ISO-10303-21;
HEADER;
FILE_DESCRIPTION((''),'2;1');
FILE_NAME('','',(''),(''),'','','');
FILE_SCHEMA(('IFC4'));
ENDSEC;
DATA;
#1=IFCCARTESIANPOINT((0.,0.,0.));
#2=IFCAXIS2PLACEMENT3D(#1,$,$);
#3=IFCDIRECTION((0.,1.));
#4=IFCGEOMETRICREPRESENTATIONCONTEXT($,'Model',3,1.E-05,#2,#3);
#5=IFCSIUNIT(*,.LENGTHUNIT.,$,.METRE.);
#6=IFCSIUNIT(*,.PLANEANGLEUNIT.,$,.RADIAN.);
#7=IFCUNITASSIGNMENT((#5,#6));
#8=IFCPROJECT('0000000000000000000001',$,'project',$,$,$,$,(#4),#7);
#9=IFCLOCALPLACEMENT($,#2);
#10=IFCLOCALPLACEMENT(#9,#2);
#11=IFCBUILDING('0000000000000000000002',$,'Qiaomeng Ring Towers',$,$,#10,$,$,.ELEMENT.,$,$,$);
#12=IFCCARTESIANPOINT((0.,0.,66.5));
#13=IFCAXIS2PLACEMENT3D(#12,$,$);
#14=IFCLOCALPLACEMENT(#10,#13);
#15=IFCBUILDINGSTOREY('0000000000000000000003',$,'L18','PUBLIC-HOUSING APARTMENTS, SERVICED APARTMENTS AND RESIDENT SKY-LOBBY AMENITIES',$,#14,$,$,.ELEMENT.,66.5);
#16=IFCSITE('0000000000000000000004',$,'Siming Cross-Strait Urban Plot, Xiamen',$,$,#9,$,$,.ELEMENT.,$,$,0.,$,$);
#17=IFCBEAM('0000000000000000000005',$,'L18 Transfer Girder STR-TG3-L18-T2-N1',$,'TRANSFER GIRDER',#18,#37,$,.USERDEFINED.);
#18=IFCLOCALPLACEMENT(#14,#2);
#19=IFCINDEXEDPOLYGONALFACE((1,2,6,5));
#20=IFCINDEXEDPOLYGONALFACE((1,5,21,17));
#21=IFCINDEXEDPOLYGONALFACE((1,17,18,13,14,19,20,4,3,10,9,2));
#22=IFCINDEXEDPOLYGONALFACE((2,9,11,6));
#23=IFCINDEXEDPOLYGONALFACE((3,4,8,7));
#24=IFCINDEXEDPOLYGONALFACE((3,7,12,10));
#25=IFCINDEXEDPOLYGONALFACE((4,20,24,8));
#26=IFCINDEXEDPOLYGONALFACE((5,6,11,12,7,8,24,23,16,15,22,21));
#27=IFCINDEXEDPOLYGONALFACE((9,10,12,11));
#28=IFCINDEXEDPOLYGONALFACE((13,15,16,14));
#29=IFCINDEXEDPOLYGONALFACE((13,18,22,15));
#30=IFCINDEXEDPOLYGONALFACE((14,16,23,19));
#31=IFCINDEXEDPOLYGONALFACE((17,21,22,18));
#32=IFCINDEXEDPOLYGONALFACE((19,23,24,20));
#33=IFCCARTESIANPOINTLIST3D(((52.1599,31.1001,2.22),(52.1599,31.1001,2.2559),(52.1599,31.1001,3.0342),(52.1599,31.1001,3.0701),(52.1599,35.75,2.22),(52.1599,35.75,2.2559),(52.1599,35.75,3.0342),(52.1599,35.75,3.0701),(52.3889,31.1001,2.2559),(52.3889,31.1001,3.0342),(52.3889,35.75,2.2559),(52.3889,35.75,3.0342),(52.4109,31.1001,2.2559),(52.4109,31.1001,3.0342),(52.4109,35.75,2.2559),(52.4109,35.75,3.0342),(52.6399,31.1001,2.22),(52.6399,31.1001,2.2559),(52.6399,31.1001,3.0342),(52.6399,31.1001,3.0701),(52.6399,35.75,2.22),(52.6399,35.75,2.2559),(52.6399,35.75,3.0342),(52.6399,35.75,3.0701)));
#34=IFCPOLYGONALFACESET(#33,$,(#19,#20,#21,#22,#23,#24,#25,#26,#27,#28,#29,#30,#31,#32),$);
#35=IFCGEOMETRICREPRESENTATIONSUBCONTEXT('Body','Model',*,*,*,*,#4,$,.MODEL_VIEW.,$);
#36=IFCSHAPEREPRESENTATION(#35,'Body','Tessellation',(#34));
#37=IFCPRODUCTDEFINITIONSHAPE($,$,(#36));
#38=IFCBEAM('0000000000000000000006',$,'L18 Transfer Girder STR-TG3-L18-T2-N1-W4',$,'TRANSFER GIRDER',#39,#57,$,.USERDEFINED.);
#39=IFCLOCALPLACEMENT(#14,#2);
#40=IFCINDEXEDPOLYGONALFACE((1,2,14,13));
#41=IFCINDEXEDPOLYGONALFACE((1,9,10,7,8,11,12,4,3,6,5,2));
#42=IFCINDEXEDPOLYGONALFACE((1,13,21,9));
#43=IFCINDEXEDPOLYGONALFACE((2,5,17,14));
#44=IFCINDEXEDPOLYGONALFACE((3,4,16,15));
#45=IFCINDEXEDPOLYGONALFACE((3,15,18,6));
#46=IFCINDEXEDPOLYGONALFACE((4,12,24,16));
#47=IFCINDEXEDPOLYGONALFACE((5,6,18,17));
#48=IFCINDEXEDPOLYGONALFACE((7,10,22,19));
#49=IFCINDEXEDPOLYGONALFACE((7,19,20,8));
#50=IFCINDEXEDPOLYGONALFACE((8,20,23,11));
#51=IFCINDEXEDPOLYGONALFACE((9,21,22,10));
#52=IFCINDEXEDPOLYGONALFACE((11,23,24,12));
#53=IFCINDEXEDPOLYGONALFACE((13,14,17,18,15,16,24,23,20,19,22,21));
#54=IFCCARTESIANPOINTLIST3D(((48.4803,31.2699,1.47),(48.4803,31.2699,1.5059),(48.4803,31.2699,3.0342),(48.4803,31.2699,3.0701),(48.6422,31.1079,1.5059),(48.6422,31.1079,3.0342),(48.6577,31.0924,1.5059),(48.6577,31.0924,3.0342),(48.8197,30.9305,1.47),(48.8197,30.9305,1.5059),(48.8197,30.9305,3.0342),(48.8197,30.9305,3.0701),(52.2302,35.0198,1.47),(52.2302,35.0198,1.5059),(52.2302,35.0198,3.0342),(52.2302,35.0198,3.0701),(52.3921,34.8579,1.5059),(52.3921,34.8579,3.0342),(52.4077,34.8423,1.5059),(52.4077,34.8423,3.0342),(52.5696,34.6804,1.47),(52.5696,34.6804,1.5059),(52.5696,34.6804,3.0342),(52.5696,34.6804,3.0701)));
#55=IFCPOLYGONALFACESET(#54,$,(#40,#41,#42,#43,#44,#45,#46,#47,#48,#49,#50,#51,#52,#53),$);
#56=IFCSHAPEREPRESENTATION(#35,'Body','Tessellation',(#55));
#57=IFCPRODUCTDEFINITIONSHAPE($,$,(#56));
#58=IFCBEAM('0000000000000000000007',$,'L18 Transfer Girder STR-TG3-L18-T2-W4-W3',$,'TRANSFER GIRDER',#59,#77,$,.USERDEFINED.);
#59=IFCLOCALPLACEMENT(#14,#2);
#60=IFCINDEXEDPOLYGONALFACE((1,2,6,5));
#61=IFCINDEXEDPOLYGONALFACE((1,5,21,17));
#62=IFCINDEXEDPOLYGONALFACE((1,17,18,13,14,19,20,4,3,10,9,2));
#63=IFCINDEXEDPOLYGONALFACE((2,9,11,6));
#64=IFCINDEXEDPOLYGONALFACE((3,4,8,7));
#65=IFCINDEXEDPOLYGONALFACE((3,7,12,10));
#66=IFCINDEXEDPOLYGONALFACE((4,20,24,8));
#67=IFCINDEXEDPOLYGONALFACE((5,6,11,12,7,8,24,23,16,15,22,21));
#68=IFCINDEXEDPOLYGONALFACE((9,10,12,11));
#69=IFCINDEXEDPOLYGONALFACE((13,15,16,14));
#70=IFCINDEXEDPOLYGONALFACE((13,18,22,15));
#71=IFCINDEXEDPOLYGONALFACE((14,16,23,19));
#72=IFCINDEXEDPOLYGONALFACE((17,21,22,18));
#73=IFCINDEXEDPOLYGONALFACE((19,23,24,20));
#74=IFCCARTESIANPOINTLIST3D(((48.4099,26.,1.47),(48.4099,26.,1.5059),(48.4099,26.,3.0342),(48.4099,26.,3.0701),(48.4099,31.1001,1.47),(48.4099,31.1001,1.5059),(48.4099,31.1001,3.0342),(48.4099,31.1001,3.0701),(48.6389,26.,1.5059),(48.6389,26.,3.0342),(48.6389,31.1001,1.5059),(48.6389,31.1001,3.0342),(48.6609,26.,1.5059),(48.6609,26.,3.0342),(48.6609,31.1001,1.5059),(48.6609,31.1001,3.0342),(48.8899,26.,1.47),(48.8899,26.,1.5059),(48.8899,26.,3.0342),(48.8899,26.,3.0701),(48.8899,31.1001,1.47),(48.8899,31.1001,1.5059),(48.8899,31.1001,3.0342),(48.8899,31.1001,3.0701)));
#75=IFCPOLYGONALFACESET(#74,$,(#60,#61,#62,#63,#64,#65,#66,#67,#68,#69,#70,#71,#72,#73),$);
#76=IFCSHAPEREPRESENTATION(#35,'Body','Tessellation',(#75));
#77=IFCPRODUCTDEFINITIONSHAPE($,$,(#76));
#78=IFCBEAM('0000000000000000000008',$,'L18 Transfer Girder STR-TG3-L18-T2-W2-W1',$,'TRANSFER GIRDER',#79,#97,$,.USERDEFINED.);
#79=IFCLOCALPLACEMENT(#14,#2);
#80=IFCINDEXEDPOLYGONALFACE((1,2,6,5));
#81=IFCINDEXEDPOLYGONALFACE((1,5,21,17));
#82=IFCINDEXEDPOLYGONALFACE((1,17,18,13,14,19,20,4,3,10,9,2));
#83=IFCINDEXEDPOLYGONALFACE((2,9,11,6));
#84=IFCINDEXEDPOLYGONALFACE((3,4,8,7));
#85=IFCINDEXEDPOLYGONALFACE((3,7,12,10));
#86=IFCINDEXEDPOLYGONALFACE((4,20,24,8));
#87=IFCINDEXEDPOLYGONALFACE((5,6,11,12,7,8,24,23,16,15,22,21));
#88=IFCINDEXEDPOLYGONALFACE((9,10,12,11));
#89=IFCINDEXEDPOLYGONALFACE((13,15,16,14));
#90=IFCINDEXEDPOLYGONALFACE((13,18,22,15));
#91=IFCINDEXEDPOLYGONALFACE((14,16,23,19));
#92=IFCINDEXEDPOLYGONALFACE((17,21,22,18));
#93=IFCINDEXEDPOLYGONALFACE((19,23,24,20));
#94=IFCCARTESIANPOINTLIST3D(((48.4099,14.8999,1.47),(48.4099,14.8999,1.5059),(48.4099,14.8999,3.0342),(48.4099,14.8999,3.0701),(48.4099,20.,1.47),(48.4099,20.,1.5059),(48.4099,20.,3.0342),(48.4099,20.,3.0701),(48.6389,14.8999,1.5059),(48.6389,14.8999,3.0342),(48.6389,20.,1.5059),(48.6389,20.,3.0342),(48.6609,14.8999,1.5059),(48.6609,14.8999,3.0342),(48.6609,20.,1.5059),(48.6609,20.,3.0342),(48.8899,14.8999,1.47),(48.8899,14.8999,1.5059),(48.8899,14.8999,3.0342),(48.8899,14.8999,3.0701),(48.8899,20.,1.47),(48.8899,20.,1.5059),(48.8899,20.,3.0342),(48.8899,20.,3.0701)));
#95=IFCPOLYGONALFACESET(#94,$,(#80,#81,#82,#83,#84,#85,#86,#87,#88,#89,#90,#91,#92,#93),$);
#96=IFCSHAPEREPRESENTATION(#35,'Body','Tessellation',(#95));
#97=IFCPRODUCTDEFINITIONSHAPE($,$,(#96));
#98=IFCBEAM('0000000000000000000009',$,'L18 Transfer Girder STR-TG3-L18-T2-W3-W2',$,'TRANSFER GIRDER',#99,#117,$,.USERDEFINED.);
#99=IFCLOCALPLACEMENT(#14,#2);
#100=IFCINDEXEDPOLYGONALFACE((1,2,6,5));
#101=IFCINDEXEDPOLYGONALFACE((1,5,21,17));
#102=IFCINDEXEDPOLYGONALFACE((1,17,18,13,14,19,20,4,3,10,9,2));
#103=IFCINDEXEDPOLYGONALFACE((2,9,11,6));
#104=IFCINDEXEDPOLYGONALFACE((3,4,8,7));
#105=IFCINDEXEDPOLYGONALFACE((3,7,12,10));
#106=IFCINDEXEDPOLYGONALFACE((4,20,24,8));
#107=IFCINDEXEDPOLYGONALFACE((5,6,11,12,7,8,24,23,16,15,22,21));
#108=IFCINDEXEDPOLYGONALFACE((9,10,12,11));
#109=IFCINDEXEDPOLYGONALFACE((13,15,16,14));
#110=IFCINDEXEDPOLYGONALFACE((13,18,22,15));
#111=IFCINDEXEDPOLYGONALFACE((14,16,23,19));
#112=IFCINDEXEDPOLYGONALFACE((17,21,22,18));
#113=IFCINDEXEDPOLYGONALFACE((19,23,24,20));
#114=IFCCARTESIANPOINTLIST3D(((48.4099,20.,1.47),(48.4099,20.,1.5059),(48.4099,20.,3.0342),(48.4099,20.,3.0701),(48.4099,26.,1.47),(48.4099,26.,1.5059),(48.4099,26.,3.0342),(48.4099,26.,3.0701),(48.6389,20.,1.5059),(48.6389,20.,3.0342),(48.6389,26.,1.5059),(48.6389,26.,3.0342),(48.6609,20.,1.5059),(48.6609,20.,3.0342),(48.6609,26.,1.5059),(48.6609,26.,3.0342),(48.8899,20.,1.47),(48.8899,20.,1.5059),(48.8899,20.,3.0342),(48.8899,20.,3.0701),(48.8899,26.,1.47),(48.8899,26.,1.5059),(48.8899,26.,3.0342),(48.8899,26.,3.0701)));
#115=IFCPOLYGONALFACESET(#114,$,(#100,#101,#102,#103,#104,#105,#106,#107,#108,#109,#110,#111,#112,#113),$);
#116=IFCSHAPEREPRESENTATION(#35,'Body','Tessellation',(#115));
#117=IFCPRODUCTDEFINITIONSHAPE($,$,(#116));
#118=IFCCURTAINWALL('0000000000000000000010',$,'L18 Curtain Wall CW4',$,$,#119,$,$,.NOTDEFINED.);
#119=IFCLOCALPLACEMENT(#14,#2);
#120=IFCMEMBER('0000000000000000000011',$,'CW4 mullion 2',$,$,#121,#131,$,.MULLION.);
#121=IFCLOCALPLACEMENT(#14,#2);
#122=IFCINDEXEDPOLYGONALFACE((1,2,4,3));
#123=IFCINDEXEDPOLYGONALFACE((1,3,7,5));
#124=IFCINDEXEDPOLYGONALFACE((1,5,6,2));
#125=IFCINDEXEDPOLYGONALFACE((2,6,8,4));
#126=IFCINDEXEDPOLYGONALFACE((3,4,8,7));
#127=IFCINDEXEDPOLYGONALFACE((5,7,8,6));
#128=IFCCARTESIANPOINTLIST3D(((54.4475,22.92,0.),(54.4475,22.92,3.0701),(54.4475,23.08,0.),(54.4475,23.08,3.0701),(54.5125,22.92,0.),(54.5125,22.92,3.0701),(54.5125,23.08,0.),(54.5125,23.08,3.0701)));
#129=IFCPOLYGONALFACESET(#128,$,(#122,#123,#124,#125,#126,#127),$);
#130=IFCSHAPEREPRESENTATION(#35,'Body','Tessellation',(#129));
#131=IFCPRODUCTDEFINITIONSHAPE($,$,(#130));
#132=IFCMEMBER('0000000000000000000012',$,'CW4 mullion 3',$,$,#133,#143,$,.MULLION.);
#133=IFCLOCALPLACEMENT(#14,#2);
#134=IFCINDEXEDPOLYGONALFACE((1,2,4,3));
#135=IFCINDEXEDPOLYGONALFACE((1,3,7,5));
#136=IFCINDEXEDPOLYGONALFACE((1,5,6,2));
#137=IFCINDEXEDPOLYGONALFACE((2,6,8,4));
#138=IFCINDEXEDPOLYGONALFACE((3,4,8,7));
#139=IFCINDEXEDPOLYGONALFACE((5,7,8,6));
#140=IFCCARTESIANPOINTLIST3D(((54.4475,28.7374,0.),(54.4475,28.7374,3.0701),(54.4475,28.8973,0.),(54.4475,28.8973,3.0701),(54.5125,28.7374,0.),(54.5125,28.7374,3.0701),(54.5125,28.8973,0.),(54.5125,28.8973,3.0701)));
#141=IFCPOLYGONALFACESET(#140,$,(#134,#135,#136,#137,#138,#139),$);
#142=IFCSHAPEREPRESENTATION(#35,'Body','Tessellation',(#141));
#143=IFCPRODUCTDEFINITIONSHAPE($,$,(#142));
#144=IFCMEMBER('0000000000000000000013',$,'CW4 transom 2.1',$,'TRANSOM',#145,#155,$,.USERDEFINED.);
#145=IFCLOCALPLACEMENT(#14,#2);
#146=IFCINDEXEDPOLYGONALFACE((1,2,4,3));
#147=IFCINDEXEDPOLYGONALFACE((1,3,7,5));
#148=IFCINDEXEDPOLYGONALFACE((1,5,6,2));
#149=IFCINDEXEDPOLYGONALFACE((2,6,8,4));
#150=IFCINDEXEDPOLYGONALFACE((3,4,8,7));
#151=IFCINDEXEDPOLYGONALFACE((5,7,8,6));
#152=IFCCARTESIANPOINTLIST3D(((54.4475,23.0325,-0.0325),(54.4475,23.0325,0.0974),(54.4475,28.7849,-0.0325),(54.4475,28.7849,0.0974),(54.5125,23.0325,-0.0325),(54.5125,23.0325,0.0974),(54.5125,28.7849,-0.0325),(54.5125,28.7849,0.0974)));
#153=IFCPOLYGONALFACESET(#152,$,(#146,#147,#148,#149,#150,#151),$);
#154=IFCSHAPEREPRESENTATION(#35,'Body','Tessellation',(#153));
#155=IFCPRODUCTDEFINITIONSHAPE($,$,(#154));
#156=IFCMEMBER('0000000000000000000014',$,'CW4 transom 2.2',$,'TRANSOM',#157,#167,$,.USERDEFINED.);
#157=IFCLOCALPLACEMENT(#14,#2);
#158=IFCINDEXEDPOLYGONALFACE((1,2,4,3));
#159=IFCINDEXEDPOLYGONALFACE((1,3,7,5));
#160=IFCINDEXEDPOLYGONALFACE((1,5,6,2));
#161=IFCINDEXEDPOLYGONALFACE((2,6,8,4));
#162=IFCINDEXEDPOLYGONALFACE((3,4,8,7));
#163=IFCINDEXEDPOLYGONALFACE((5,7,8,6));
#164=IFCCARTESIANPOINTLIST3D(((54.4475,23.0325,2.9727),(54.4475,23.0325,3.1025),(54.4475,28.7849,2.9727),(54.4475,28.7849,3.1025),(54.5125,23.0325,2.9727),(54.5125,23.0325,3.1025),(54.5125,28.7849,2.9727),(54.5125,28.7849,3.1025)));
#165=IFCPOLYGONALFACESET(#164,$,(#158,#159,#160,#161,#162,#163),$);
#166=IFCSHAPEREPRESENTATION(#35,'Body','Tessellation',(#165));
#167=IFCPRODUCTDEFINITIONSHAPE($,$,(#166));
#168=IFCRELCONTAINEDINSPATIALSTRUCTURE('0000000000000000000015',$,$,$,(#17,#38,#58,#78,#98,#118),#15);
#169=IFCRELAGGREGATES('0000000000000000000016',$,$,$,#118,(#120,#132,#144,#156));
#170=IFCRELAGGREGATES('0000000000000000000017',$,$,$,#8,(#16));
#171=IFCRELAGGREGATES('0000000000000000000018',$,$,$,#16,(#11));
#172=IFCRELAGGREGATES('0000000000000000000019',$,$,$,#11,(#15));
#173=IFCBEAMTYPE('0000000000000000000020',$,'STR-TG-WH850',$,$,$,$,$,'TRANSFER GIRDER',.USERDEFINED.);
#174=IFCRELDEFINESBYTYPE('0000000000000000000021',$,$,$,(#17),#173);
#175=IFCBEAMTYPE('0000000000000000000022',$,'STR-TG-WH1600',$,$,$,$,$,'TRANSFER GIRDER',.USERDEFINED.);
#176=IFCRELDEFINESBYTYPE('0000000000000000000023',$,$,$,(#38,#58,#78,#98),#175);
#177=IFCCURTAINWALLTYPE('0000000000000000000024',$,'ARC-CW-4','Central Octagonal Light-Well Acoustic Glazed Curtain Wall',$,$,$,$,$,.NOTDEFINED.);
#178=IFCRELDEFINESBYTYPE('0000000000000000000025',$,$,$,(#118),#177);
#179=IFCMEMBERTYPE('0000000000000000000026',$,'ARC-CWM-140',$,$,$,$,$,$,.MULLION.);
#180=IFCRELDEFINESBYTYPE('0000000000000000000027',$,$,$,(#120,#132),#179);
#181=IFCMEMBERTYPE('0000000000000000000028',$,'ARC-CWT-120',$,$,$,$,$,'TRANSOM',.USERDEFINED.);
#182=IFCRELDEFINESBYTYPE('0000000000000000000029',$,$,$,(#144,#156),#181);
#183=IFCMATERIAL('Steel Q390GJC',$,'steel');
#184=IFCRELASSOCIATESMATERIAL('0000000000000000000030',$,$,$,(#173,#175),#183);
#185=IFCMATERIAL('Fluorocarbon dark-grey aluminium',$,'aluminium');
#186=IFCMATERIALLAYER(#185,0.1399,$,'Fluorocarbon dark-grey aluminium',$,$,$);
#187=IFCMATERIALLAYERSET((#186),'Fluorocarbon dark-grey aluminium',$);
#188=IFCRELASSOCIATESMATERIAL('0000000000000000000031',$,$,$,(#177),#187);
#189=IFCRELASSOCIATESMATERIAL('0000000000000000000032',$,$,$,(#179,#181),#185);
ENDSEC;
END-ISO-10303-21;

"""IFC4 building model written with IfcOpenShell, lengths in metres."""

from ifc_helpers import new_model, si_unit, direction, frame, origin, origin_2d, place, context, subcontext, project, spatial, rectangle, i_section, extrude, source, transform, mapped, material, layer, layer_set, material_profile, profile_set, type_object, element, aggregate, save


model = new_model("IFC4")

# Units and contexts
model_context = context("Model", 3, precision=1e-05, world=origin(), true_north=direction((0.0, 1.0)))
body_context = subcontext(model_context, "Body", "Model", "MODEL_VIEW")
ifc_project = project(units=[si_unit("LENGTHUNIT", "METRE"), si_unit("PLANEANGLEUNIT", "RADIAN")], contexts=[model_context])

# Site, building, storey
site_placement = place(None, origin())
site = spatial("IfcSite", under=ifc_project, at=site_placement, Name="Siming Cross-Strait Urban Plot, Xiamen", CompositionType="ELEMENT", RefElevation=0.0)
building_placement = place(site_placement, origin())
building = spatial("IfcBuilding", under=site, at=building_placement, Name="Qiaomeng Ring Towers", CompositionType="ELEMENT")
storey_placement = place(building_placement, frame((0.0, 0.0, 66.5)))
storey = spatial("IfcBuildingStorey", under=building, at=storey_placement, Name="L18", Description="PUBLIC-HOUSING APARTMENTS, SERVICED APARTMENTS AND RESIDENT SKY-LOBBY AMENITIES", CompositionType="ELEMENT", Elevation=66.5)

# Beams
ifc_material_1 = material(Name="Steel Q390GJC", Category="steel")
ifc_material_profile_1 = material_profile(ifc_material_1, i_section(OverallWidth=0.48, OverallDepth=0.8501, WebThickness=0.022, FlangeThickness=0.0359, at=origin_2d()), Name="WH 850x480x22x36")
ifc_profile_set_1 = profile_set([ifc_material_profile_1], Name="Steel Q390GJC")
beam_type_1 = type_object("IfcBeamType", Name="STR-TG-WH850", ElementType="TRANSFER GIRDER", PredefinedType="USERDEFINED", material=ifc_profile_set_1)
shared_shape_1 = source(origin(), body_context, "Body", "SweptSolid", [
    extrude(i_section(OverallWidth=0.48, OverallDepth=0.8501, WebThickness=0.022, FlangeThickness=0.0359, at=origin_2d()), origin(), (0.0, 0.0, 1.0), 4.6499),
])
beam_1_placement = place(storey_placement, frame((52.3999, 35.75, 2.645), z_axis=(0.0, -1.0, 0.0), x_axis=(1.0, 0.0, 0.0)))
element("IfcBeam", 1, at=beam_1_placement, inside=storey, type_object=beam_type_1, Name="L18 Transfer Girder STR-TG3-L18-T2-N1", ObjectType="TRANSFER GIRDER", PredefinedType="USERDEFINED", context=body_context, shape_type="MappedRepresentation", body=[
    mapped(shared_shape_1, transform((0.0, 0.0, 0.0), x_axis=(1.0, 0.0, 0.0), y_axis=(0.0, 1.0, 0.0), z_axis=(0.0, 0.0, 1.0), scale=1.0)),
])
ifc_material_profile_2 = material_profile(ifc_material_1, i_section(OverallWidth=0.48, OverallDepth=1.6001, WebThickness=0.022, FlangeThickness=0.0359, at=origin_2d()), Name="WH 1600x480x22x36")
ifc_profile_set_2 = profile_set([ifc_material_profile_2], Name="Steel Q390GJC")
beam_type_2 = type_object("IfcBeamType", Name="STR-TG-WH1600", ElementType="TRANSFER GIRDER", PredefinedType="USERDEFINED", material=ifc_profile_set_2)
shared_shape_2 = source(origin(), body_context, "Body", "SweptSolid", [
    extrude(i_section(OverallWidth=0.48, OverallDepth=1.6001, WebThickness=0.022, FlangeThickness=0.0359, at=origin_2d()), origin(), (0.0, 0.0, 1.0), 5.3032),
])
beam_2_placement = place(storey_placement, frame((52.3999, 34.8501, 2.27), z_axis=(-0.707107, -0.707107, 0.0), x_axis=(0.707107, -0.707107, 0.0)))
element("IfcBeam", 2, at=beam_2_placement, inside=storey, type_object=beam_type_2, Name="L18 Transfer Girder STR-TG3-L18-T2-N1-W4", ObjectType="TRANSFER GIRDER", PredefinedType="USERDEFINED", context=body_context, shape_type="MappedRepresentation", body=[
    mapped(shared_shape_2, transform((0.0, 0.0, 0.0), x_axis=(1.0, 0.0, 0.0), y_axis=(0.0, 1.0, 0.0), z_axis=(0.0, 0.0, 1.0), scale=1.0)),
])
shared_shape_3 = source(origin(), body_context, "Body", "SweptSolid", [
    extrude(i_section(OverallWidth=0.48, OverallDepth=1.6001, WebThickness=0.022, FlangeThickness=0.0359, at=origin_2d()), origin(), (0.0, 0.0, 1.0), 5.1001),
])
for number, where, z_axis, x_axis, name in (
    (3, (48.6499, 31.1001, 2.27), (0.0, -1.0, 0.0), (1.0, 0.0, 0.0), "L18 Transfer Girder STR-TG3-L18-T2-W4-W3"),
    (4, (48.6499, 20.0, 2.27), (0.0, -1.0, 0.0), (1.0, 0.0, 0.0), "L18 Transfer Girder STR-TG3-L18-T2-W2-W1"),
):
    element("IfcBeam", number, at=place(storey_placement, frame(where, z_axis=z_axis, x_axis=x_axis)), inside=storey, type_object=beam_type_2, Name=name, ObjectType="TRANSFER GIRDER", PredefinedType="USERDEFINED", context=body_context, shape_type="MappedRepresentation", body=[
        mapped(shared_shape_3, transform((0.0, 0.0, 0.0), x_axis=(1.0, 0.0, 0.0), y_axis=(0.0, 1.0, 0.0), z_axis=(0.0, 0.0, 1.0), scale=1.0)),
    ])
shared_shape_4 = source(origin(), body_context, "Body", "SweptSolid", [
    extrude(i_section(OverallWidth=0.48, OverallDepth=1.6001, WebThickness=0.022, FlangeThickness=0.0359, at=origin_2d()), origin(), (0.0, 0.0, 1.0), 6.0),
])
beam_3_placement = place(storey_placement, frame((48.6499, 26.0, 2.27), z_axis=(0.0, -1.0, 0.0), x_axis=(1.0, 0.0, 0.0)))
element("IfcBeam", 5, at=beam_3_placement, inside=storey, type_object=beam_type_2, Name="L18 Transfer Girder STR-TG3-L18-T2-W3-W2", ObjectType="TRANSFER GIRDER", PredefinedType="USERDEFINED", context=body_context, shape_type="MappedRepresentation", body=[
    mapped(shared_shape_4, transform((0.0, 0.0, 0.0), x_axis=(1.0, 0.0, 0.0), y_axis=(0.0, 1.0, 0.0), z_axis=(0.0, 0.0, 1.0), scale=1.0)),
])

# Curtain wall, members
ifc_material_2 = material(Name="Fluorocarbon dark-grey aluminium", Category="aluminium")
ifc_layer_1 = layer(ifc_material_2, 0.1399, Name="Fluorocarbon dark-grey aluminium")
ifc_layer_set_1 = layer_set([ifc_layer_1], Name="Fluorocarbon dark-grey aluminium")
curtain_wall_type_1 = type_object("IfcCurtainWallType", Name="ARC-CW-4", Description="Central Octagonal Light-Well Acoustic Glazed Curtain Wall", PredefinedType="NOTDEFINED", material=ifc_layer_set_1)
curtain_wall_1_placement = place(storey_placement, origin())
curtain_wall_1 = element("IfcCurtainWall", 6, at=curtain_wall_1_placement, inside=storey, type_object=curtain_wall_type_1, Name="L18 Curtain Wall CW4", PredefinedType="NOTDEFINED")
ifc_material_profile_3 = material_profile(ifc_material_2, rectangle(XDim=0.0649, YDim=0.1599, at=origin_2d()), Name="ALU MULL 65x160")
ifc_profile_set_3 = profile_set([ifc_material_profile_3], Name="Fluorocarbon dark-grey aluminium")
member_type_1 = type_object("IfcMemberType", Name="ARC-CWM-140", PredefinedType="MULLION", material=ifc_profile_set_3)
shared_shape_5 = source(origin(), body_context, "Body", "SweptSolid", [
    extrude(rectangle(XDim=0.0649, YDim=0.1599, at=origin_2d()), origin(), (0.0, 0.0, 1.0), 3.0701),
])
member_1_placement = place(storey_placement, frame((54.48, 23.0, 0.0), z_axis=(0.0, 0.0, 1.0), x_axis=(-1.0, 0.0, 0.0)))
member_1 = element("IfcMember", 7, at=member_1_placement, type_object=member_type_1, Name="CW4 mullion 2", PredefinedType="MULLION", context=body_context, shape_type="MappedRepresentation", body=[
    mapped(shared_shape_5, transform((0.0, 0.0, 0.0), x_axis=(1.0, 0.0, 0.0), y_axis=(0.0, 1.0, 0.0), z_axis=(0.0, 0.0, 1.0), scale=1.0)),
])
member_2_placement = place(storey_placement, frame((54.48, 28.8174, 0.0), z_axis=(0.0, 0.0, 1.0), x_axis=(-1.0, 0.0, 0.0)))
member_2 = element("IfcMember", 8, at=member_2_placement, type_object=member_type_1, Name="CW4 mullion 3", PredefinedType="MULLION", context=body_context, shape_type="MappedRepresentation", body=[
    mapped(shared_shape_5, transform((0.0, 0.0, 0.0), x_axis=(1.0, 0.0, 0.0), y_axis=(0.0, 1.0, 0.0), z_axis=(0.0, 0.0, 1.0), scale=1.0)),
])
ifc_material_profile_4 = material_profile(ifc_material_2, rectangle(XDim=0.0649, YDim=0.1299, at=origin_2d()), Name="ALU TRAN 65x130")
ifc_profile_set_4 = profile_set([ifc_material_profile_4], Name="Fluorocarbon dark-grey aluminium")
member_type_2 = type_object("IfcMemberType", Name="ARC-CWT-120", ElementType="TRANSOM", PredefinedType="USERDEFINED", material=ifc_profile_set_4)
shared_shape_6 = source(origin(), body_context, "Body", "SweptSolid", [
    extrude(rectangle(XDim=0.0649, YDim=0.1299, at=origin_2d()), origin(), (0.0, 0.0, 1.0), 5.7524),
])
member_3_placement = place(storey_placement, frame((54.48, 23.0325, 0.0325), z_axis=(0.0, 1.0, 0.0), x_axis=(-1.0, 0.0, 0.0)))
member_3 = element("IfcMember", 9, at=member_3_placement, type_object=member_type_2, Name="CW4 transom 2.1", ObjectType="TRANSOM", PredefinedType="USERDEFINED", context=body_context, shape_type="MappedRepresentation", body=[
    mapped(shared_shape_6, transform((0.0, 0.0, 0.0), x_axis=(1.0, 0.0, 0.0), y_axis=(0.0, 1.0, 0.0), z_axis=(0.0, 0.0, 1.0), scale=1.0)),
])
member_4_placement = place(storey_placement, frame((54.48, 23.0325, 3.0376), z_axis=(0.0, 1.0, 0.0), x_axis=(-1.0, 0.0, 0.0)))
member_4 = element("IfcMember", 10, at=member_4_placement, type_object=member_type_2, Name="CW4 transom 2.2", ObjectType="TRANSOM", PredefinedType="USERDEFINED", context=body_context, shape_type="MappedRepresentation", body=[
    mapped(shared_shape_6, transform((0.0, 0.0, 0.0), x_axis=(1.0, 0.0, 0.0), y_axis=(0.0, 1.0, 0.0), z_axis=(0.0, 0.0, 1.0), scale=1.0)),
])

aggregate(curtain_wall_1, [member_1, member_2, member_3, member_4])

save(model, "model.ifc")
